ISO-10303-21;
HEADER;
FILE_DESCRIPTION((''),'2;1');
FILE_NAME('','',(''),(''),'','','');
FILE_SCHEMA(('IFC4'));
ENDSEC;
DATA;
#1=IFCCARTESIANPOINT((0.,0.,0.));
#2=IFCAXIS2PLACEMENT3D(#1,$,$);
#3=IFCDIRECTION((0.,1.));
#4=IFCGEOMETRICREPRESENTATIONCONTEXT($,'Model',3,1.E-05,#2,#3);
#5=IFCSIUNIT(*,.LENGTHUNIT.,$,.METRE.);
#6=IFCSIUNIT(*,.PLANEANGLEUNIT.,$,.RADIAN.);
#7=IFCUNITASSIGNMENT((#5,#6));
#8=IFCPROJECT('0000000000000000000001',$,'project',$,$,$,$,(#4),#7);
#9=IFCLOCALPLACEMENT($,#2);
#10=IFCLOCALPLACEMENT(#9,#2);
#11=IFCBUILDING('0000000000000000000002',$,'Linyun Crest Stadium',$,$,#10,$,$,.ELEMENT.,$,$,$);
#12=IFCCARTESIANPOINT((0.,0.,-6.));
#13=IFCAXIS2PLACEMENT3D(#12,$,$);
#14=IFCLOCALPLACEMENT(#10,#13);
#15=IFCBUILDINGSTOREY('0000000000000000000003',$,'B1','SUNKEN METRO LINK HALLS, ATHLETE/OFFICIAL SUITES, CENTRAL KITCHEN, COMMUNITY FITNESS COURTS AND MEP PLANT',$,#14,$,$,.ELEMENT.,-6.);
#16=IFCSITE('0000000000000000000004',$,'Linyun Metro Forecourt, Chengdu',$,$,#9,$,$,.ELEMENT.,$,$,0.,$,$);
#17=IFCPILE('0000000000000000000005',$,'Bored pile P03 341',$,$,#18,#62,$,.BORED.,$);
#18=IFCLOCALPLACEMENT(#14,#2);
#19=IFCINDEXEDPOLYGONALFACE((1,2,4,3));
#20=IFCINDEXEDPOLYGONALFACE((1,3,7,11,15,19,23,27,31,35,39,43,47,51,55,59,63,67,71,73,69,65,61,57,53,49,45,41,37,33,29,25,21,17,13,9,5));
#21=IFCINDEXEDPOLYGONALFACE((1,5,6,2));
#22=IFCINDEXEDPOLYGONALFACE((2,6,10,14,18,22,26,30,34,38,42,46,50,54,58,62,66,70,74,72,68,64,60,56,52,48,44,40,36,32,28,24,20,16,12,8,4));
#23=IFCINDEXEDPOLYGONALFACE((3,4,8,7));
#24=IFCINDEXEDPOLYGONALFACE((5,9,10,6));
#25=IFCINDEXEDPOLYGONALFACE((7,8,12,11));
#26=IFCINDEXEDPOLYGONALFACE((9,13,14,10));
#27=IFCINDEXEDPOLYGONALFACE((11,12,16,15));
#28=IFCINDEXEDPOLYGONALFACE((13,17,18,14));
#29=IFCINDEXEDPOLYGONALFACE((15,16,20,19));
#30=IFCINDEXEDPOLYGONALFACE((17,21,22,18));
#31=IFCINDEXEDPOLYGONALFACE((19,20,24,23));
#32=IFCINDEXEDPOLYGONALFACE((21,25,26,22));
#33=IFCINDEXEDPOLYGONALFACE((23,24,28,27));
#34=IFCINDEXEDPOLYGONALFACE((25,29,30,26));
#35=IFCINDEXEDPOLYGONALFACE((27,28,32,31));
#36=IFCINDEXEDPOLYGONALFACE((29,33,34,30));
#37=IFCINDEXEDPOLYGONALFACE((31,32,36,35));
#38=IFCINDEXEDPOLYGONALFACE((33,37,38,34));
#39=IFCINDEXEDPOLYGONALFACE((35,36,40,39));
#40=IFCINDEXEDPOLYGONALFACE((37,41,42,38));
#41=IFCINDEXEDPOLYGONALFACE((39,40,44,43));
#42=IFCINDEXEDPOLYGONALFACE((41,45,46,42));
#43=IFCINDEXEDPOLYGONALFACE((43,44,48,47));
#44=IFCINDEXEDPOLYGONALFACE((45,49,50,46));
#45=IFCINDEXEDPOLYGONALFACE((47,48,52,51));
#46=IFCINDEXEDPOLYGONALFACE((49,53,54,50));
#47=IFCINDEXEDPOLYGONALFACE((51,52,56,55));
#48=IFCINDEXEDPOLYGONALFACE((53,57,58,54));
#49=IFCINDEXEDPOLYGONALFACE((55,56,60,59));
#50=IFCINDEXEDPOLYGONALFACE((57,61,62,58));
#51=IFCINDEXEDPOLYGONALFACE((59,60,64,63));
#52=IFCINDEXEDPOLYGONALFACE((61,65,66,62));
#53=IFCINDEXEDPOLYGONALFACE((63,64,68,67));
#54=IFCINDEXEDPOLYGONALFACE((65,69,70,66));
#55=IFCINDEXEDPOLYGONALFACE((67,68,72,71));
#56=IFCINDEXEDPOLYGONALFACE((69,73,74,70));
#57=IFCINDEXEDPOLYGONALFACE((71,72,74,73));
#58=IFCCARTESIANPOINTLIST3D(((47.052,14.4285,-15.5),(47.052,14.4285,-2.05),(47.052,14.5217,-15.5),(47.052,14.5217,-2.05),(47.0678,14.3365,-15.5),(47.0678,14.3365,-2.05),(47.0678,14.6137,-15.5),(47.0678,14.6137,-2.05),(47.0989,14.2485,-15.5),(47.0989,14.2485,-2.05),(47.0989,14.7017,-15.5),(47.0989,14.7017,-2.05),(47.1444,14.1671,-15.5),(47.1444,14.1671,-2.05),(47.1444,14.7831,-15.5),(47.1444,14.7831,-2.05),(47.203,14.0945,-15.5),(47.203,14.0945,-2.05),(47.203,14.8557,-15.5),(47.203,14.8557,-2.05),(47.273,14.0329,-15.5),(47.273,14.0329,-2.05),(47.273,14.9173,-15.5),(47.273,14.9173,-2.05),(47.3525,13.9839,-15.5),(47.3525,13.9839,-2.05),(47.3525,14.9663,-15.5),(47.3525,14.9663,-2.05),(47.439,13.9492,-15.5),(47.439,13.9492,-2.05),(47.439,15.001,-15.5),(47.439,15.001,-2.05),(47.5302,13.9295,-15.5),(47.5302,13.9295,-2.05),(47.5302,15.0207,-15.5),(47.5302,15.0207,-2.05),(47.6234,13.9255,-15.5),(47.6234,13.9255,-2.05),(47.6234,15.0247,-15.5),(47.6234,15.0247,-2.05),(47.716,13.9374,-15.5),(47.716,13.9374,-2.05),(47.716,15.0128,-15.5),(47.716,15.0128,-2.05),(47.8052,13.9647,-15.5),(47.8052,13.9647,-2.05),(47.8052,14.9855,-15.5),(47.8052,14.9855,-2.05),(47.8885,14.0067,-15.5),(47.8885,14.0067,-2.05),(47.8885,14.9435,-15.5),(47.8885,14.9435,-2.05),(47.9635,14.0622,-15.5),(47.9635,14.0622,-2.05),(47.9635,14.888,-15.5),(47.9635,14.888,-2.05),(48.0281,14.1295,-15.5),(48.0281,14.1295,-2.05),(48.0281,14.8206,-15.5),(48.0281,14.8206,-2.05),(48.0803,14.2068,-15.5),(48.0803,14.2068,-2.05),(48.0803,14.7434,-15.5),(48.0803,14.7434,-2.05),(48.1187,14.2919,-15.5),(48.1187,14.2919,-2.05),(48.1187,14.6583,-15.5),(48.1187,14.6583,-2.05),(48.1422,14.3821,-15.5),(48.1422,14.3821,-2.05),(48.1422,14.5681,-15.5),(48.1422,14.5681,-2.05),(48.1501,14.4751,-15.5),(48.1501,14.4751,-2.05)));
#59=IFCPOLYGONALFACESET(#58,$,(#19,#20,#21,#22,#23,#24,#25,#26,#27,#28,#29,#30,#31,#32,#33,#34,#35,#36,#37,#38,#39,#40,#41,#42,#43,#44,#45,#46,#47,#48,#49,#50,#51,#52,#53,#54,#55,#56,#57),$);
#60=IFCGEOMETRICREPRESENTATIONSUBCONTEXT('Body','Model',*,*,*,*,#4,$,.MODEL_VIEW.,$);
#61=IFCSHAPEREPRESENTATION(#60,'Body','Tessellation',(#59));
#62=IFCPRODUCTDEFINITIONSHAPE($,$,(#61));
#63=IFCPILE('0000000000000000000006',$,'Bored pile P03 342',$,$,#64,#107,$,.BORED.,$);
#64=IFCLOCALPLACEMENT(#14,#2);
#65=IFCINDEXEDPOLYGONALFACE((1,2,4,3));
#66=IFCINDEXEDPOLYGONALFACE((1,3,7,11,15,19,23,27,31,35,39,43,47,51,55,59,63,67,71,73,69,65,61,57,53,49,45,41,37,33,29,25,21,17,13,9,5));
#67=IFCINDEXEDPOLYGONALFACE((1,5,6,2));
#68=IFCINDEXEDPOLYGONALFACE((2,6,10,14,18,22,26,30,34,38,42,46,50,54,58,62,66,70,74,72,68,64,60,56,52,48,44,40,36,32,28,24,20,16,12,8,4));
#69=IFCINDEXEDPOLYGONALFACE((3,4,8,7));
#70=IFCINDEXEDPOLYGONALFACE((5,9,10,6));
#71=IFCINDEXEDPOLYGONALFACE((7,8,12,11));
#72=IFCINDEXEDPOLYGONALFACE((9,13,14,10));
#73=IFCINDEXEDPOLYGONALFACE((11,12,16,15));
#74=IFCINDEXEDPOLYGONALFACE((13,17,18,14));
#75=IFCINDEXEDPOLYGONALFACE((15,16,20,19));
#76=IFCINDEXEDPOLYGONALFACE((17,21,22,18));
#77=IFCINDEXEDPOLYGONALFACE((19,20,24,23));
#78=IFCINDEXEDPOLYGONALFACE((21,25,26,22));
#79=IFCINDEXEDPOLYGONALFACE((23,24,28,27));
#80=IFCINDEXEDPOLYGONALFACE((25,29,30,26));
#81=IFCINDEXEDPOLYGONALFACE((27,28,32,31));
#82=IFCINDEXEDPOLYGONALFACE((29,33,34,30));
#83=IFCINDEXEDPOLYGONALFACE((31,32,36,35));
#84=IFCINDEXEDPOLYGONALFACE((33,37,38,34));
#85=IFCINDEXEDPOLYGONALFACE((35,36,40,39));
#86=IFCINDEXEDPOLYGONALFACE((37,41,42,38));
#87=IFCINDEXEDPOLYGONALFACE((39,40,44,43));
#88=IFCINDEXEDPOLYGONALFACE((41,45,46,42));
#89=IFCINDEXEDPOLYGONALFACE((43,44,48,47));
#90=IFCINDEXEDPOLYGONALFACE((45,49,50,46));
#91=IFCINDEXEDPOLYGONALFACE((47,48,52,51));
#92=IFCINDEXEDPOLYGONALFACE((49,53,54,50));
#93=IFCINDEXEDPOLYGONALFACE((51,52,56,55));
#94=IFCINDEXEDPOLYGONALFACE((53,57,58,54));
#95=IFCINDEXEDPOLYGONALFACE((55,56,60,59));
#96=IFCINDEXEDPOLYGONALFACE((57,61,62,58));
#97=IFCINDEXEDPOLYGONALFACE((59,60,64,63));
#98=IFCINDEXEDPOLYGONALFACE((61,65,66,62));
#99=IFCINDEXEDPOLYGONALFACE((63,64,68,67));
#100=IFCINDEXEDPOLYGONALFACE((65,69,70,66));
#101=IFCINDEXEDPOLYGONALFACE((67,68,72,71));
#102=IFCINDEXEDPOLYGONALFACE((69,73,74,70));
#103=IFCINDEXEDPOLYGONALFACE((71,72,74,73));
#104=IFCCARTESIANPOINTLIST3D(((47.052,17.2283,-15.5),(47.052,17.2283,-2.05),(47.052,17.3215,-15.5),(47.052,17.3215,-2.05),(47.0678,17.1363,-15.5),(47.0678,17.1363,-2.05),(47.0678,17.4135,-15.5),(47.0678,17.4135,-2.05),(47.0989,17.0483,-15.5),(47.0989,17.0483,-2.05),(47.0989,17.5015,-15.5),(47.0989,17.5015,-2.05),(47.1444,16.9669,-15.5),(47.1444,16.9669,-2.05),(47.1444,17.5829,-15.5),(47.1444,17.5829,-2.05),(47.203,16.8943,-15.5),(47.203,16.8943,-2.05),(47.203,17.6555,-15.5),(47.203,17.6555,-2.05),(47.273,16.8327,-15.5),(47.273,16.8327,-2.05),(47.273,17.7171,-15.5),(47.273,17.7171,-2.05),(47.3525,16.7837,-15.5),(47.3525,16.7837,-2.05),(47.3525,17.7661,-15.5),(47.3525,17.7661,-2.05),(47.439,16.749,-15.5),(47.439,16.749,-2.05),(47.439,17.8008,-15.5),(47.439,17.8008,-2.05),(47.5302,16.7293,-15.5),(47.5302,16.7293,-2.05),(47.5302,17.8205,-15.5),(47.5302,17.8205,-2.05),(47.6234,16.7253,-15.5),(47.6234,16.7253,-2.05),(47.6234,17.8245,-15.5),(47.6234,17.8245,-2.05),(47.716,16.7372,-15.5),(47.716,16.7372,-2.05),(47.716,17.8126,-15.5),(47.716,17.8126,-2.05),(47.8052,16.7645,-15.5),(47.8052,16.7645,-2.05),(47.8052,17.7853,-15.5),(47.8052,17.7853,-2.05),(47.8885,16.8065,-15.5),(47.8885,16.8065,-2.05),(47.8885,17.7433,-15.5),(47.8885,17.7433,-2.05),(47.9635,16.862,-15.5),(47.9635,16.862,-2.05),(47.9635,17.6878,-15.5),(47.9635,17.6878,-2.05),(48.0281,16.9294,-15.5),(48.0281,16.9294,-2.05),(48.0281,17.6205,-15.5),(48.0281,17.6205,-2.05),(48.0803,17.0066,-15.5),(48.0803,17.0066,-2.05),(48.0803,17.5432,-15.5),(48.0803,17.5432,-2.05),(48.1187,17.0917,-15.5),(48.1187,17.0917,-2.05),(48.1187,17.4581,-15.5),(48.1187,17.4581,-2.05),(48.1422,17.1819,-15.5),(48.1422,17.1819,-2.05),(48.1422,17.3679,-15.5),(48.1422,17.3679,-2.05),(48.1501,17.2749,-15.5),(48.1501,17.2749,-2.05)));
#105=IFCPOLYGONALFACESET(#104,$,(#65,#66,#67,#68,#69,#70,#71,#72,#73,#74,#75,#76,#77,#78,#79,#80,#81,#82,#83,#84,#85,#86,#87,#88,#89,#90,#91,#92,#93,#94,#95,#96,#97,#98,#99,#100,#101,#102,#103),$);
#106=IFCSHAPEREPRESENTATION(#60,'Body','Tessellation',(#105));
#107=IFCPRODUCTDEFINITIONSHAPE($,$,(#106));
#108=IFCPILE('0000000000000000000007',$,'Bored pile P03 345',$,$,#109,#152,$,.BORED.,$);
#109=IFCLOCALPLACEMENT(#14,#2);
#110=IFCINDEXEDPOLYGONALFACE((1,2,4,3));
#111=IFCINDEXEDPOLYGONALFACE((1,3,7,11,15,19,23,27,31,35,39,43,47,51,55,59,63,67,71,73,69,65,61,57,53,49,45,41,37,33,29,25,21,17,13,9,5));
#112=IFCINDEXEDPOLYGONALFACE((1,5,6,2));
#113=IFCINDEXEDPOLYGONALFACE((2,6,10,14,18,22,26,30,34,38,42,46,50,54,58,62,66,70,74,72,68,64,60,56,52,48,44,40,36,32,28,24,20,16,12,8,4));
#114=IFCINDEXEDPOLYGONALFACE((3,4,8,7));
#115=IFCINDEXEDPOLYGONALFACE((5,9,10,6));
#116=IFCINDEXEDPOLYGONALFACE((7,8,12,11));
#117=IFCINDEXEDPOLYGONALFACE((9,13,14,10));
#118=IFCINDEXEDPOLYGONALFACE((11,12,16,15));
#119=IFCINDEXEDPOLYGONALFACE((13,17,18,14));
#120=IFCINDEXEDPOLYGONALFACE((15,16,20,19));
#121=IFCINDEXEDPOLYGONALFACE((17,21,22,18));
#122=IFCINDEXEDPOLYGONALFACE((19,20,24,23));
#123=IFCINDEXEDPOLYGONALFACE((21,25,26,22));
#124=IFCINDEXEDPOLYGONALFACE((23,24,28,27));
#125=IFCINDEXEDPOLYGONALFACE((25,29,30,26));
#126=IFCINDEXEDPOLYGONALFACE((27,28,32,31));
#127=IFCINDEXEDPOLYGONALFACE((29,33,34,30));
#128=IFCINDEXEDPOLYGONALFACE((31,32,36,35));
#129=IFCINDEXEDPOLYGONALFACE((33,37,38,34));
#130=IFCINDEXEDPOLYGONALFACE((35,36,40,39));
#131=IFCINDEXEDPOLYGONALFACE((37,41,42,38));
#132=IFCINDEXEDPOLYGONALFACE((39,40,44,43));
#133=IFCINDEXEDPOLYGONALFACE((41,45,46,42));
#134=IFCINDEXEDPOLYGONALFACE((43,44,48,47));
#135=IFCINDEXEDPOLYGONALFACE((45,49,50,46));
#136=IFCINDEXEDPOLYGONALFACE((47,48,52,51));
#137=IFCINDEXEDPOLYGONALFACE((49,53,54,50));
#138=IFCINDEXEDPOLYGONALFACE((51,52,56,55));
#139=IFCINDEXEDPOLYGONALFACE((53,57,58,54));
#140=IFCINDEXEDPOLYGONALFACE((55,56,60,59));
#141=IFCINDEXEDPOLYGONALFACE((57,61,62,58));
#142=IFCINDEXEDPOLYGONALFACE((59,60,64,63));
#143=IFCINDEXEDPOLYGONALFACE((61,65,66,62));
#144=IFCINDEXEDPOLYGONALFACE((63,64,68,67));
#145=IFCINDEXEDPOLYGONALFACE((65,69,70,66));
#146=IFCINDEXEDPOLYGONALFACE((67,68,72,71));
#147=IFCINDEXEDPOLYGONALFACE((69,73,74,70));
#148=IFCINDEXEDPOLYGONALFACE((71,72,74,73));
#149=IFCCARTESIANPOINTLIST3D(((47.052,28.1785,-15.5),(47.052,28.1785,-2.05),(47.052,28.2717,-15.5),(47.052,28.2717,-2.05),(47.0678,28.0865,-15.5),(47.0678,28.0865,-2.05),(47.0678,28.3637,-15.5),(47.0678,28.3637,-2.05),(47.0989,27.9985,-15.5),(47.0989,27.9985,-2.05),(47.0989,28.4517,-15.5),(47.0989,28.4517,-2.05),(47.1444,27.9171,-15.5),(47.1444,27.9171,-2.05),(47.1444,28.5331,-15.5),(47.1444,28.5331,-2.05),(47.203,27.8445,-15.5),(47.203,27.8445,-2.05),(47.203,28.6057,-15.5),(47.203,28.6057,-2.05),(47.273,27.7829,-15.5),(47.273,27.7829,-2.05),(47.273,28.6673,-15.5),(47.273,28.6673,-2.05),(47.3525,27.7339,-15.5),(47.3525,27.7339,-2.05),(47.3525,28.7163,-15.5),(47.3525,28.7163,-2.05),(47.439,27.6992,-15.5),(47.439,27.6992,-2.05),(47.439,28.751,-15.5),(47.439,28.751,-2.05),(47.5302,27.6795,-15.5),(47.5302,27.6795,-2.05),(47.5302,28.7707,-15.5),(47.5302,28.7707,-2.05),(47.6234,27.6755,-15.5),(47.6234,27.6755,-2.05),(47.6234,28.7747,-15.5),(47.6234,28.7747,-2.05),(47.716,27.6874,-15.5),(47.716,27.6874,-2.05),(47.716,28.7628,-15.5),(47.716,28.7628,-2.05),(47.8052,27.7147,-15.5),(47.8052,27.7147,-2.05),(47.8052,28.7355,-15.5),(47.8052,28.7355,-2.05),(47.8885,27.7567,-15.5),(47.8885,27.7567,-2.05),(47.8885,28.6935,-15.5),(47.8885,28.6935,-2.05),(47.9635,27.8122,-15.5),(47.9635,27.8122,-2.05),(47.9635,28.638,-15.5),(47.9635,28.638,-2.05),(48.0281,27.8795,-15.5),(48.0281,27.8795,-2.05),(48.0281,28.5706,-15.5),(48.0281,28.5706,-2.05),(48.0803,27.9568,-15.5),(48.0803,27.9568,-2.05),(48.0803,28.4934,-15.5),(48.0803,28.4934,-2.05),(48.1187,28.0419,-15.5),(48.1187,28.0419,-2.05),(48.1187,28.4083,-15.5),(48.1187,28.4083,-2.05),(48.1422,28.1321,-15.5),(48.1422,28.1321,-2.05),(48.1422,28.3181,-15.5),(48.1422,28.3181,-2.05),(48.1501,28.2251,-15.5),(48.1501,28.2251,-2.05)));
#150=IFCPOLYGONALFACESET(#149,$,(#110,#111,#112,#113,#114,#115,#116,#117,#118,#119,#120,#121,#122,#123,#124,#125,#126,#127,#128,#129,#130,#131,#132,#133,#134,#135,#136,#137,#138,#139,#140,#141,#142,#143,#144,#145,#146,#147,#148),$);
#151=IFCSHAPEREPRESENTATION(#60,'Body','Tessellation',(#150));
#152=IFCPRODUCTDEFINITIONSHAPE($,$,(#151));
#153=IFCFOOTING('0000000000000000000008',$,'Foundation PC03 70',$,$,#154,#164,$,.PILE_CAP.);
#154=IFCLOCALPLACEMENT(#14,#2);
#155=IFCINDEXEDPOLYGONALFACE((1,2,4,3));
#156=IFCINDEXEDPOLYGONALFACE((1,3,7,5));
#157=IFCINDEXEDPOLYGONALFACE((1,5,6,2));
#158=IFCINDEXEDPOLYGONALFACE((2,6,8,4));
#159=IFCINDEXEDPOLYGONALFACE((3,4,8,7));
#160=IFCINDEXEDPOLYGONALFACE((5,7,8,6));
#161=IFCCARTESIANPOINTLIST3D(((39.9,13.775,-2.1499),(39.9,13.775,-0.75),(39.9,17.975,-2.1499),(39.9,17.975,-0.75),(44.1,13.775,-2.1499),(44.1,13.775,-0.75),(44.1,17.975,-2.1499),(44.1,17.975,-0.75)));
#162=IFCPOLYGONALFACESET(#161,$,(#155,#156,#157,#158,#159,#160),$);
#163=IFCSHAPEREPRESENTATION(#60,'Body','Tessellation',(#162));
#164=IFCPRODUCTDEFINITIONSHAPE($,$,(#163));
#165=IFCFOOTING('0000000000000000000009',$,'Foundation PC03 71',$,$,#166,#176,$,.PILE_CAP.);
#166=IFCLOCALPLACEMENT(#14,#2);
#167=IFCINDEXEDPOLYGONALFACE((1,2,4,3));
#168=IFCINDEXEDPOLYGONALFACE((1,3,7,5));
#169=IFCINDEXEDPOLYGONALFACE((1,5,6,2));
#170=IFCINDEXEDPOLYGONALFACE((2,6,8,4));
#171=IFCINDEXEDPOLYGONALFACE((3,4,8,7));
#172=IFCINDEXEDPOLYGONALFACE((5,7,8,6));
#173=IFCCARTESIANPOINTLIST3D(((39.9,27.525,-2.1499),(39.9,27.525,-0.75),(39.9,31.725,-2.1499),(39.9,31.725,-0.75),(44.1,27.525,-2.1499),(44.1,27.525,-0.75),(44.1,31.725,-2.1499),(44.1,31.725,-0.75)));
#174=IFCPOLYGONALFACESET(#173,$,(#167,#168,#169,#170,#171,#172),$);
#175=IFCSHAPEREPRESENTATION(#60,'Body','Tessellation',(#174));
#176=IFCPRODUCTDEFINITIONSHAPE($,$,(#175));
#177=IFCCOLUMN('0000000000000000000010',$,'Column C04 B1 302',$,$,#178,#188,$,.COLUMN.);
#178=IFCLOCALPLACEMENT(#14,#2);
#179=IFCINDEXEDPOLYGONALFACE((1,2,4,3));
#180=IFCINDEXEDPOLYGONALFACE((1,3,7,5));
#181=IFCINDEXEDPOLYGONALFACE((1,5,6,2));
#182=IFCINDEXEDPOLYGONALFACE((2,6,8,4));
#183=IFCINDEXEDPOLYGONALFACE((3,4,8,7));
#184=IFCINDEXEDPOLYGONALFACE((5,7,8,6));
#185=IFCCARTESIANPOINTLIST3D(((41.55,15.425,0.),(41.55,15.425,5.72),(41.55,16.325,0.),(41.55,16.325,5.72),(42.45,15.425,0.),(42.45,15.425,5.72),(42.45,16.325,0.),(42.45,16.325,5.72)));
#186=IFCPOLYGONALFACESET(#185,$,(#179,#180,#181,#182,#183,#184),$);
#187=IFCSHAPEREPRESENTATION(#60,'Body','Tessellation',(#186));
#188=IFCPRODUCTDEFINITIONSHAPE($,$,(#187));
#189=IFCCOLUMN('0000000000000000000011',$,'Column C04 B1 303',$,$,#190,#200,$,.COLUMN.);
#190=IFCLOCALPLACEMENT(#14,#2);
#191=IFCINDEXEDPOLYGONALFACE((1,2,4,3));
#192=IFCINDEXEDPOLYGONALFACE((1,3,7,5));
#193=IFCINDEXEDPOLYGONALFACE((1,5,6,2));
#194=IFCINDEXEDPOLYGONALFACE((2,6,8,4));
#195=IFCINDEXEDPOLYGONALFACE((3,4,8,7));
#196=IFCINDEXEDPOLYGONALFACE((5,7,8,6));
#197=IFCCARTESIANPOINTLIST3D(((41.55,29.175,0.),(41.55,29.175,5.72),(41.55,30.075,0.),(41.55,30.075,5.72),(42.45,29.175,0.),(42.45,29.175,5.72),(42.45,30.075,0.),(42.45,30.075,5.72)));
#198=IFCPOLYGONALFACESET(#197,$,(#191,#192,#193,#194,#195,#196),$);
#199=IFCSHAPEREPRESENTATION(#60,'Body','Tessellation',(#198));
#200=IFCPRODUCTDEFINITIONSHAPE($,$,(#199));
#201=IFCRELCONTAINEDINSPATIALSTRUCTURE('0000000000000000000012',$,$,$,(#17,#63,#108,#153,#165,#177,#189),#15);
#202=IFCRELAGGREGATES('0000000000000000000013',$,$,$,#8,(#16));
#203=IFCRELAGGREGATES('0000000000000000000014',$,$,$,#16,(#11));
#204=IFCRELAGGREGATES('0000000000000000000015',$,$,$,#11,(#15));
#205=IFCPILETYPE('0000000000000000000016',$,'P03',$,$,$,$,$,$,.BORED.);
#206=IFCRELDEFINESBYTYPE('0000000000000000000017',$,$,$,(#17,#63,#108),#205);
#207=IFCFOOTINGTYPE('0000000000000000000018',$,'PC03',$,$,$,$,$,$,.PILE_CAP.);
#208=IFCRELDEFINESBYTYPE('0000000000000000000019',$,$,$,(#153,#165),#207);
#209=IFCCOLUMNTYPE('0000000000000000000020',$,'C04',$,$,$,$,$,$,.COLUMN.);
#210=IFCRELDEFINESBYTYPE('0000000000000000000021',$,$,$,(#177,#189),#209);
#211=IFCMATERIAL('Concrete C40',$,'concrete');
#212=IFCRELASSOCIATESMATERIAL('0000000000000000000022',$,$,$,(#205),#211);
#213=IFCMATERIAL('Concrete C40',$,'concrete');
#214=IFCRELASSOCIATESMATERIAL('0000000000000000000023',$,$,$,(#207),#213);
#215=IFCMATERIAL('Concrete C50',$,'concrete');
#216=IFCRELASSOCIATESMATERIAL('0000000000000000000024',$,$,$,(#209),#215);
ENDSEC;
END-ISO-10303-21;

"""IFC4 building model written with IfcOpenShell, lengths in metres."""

from ifc_helpers import new_model, si_unit, direction, frame, origin, origin_2d, place, context, subcontext, project, spatial, rectangle, circle, extrude, material, material_profile, profile_set, type_object, element, save


model = new_model("IFC4")

# Units and contexts
model_context = context("Model", 3, precision=1e-05, world=origin(), true_north=direction((0.0, 1.0)))
body_context = subcontext(model_context, "Body", "Model", "MODEL_VIEW")
ifc_project = project(units=[si_unit("LENGTHUNIT", "METRE"), si_unit("PLANEANGLEUNIT", "RADIAN")], contexts=[model_context])

# Site, building, storey
site_placement = place(None, origin())
site = spatial("IfcSite", under=ifc_project, at=site_placement, Name="Linyun Metro Forecourt, Chengdu", CompositionType="ELEMENT", RefElevation=0.0)
building_placement = place(site_placement, origin())
building = spatial("IfcBuilding", under=site, at=building_placement, Name="Linyun Crest Stadium", CompositionType="ELEMENT")
storey_placement = place(building_placement, frame((0.0, 0.0, -6.0)))
storey = spatial("IfcBuildingStorey", under=building, at=storey_placement, Name="B1", Description="SUNKEN METRO LINK HALLS, ATHLETE/OFFICIAL SUITES, CENTRAL KITCHEN, COMMUNITY FITNESS COURTS AND MEP PLANT", CompositionType="ELEMENT", Elevation=-6.0)

# Piles
ifc_material_1 = material(Name="Concrete C40", Category="concrete")
ifc_material_profile_1 = material_profile(ifc_material_1, circle(Radius=0.55, at=origin_2d()), Name="BORED PILE 1100")
ifc_profile_set_1 = profile_set([ifc_material_profile_1], Name="Concrete C40")
pile_type_1 = type_object("IfcPileType", Name="P03", PredefinedType="BORED", material=ifc_profile_set_1)
for number, where, z_axis, x_axis, name in (
    (1, (47.6001, 14.4751, -2.05), (0.0, 0.0, -1.0), (1.0, 0.0, 0.0), "Bored pile P03 341"),
    (2, (47.6001, 17.2749, -2.05), (0.0, 0.0, -1.0), (1.0, 0.0, 0.0), "Bored pile P03 342"),
    (3, (47.6001, 28.2251, -2.05), (0.0, 0.0, -1.0), (1.0, 0.0, 0.0), "Bored pile P03 345"),
):
    element("IfcPile", number, at=place(storey_placement, frame(where, z_axis=z_axis, x_axis=x_axis)), inside=storey, type_object=pile_type_1, Name=name, PredefinedType="BORED", context=body_context, shape_type="SweptSolid", body=[
        extrude(circle(Radius=0.55, at=origin_2d()), origin(), (0.0, 0.0, 1.0), 13.45),
    ])

# Footings
ifc_material_2 = material(Name="Concrete C40", Category="concrete")
footing_type = type_object("IfcFootingType", Name="PC03", PredefinedType="PILE_CAP", material=ifc_material_2)
for number, where, z_axis, x_axis, name in (
    (4, (42.0, 15.875, -2.1499), (0.0, 0.0, 1.0), (1.0, 0.0, 0.0), "Foundation PC03 70"),
    (5, (42.0, 29.625, -2.1499), (0.0, 0.0, 1.0), (1.0, 0.0, 0.0), "Foundation PC03 71"),
):
    element("IfcFooting", number, at=place(storey_placement, frame(where, z_axis=z_axis, x_axis=x_axis)), inside=storey, type_object=footing_type, Name=name, PredefinedType="PILE_CAP", context=body_context, shape_type="SweptSolid", body=[
        extrude(rectangle(XDim=4.2, YDim=4.2, at=origin_2d()), origin(), (0.0, 0.0, 1.0), 1.3999),
    ])

# Columns
ifc_material_3 = material(Name="Concrete C50", Category="concrete")
ifc_material_profile_2 = material_profile(ifc_material_3, rectangle(XDim=0.8999, YDim=0.8999, at=origin_2d()), Name="RC 900x900")
ifc_profile_set_2 = profile_set([ifc_material_profile_2], Name="Concrete C50")
column_type = type_object("IfcColumnType", Name="C04", PredefinedType="COLUMN", material=ifc_profile_set_2)
for number, where, z_axis, x_axis, name in (
    (6, (42.0, 15.875, 0.0), (0.0, 0.0, 1.0), (1.0, 0.0, 0.0), "Column C04 B1 302"),
    (7, (42.0, 29.625, 0.0), (0.0, 0.0, 1.0), (1.0, 0.0, 0.0), "Column C04 B1 303"),
):
    element("IfcColumn", number, at=place(storey_placement, frame(where, z_axis=z_axis, x_axis=x_axis)), inside=storey, type_object=column_type, Name=name, PredefinedType="COLUMN", context=body_context, shape_type="SweptSolid", body=[
        extrude(rectangle(XDim=0.8999, YDim=0.8999, at=origin_2d()), origin(), (0.0, 0.0, 1.0), 5.72),
    ])

save(model, "model.ifc")
